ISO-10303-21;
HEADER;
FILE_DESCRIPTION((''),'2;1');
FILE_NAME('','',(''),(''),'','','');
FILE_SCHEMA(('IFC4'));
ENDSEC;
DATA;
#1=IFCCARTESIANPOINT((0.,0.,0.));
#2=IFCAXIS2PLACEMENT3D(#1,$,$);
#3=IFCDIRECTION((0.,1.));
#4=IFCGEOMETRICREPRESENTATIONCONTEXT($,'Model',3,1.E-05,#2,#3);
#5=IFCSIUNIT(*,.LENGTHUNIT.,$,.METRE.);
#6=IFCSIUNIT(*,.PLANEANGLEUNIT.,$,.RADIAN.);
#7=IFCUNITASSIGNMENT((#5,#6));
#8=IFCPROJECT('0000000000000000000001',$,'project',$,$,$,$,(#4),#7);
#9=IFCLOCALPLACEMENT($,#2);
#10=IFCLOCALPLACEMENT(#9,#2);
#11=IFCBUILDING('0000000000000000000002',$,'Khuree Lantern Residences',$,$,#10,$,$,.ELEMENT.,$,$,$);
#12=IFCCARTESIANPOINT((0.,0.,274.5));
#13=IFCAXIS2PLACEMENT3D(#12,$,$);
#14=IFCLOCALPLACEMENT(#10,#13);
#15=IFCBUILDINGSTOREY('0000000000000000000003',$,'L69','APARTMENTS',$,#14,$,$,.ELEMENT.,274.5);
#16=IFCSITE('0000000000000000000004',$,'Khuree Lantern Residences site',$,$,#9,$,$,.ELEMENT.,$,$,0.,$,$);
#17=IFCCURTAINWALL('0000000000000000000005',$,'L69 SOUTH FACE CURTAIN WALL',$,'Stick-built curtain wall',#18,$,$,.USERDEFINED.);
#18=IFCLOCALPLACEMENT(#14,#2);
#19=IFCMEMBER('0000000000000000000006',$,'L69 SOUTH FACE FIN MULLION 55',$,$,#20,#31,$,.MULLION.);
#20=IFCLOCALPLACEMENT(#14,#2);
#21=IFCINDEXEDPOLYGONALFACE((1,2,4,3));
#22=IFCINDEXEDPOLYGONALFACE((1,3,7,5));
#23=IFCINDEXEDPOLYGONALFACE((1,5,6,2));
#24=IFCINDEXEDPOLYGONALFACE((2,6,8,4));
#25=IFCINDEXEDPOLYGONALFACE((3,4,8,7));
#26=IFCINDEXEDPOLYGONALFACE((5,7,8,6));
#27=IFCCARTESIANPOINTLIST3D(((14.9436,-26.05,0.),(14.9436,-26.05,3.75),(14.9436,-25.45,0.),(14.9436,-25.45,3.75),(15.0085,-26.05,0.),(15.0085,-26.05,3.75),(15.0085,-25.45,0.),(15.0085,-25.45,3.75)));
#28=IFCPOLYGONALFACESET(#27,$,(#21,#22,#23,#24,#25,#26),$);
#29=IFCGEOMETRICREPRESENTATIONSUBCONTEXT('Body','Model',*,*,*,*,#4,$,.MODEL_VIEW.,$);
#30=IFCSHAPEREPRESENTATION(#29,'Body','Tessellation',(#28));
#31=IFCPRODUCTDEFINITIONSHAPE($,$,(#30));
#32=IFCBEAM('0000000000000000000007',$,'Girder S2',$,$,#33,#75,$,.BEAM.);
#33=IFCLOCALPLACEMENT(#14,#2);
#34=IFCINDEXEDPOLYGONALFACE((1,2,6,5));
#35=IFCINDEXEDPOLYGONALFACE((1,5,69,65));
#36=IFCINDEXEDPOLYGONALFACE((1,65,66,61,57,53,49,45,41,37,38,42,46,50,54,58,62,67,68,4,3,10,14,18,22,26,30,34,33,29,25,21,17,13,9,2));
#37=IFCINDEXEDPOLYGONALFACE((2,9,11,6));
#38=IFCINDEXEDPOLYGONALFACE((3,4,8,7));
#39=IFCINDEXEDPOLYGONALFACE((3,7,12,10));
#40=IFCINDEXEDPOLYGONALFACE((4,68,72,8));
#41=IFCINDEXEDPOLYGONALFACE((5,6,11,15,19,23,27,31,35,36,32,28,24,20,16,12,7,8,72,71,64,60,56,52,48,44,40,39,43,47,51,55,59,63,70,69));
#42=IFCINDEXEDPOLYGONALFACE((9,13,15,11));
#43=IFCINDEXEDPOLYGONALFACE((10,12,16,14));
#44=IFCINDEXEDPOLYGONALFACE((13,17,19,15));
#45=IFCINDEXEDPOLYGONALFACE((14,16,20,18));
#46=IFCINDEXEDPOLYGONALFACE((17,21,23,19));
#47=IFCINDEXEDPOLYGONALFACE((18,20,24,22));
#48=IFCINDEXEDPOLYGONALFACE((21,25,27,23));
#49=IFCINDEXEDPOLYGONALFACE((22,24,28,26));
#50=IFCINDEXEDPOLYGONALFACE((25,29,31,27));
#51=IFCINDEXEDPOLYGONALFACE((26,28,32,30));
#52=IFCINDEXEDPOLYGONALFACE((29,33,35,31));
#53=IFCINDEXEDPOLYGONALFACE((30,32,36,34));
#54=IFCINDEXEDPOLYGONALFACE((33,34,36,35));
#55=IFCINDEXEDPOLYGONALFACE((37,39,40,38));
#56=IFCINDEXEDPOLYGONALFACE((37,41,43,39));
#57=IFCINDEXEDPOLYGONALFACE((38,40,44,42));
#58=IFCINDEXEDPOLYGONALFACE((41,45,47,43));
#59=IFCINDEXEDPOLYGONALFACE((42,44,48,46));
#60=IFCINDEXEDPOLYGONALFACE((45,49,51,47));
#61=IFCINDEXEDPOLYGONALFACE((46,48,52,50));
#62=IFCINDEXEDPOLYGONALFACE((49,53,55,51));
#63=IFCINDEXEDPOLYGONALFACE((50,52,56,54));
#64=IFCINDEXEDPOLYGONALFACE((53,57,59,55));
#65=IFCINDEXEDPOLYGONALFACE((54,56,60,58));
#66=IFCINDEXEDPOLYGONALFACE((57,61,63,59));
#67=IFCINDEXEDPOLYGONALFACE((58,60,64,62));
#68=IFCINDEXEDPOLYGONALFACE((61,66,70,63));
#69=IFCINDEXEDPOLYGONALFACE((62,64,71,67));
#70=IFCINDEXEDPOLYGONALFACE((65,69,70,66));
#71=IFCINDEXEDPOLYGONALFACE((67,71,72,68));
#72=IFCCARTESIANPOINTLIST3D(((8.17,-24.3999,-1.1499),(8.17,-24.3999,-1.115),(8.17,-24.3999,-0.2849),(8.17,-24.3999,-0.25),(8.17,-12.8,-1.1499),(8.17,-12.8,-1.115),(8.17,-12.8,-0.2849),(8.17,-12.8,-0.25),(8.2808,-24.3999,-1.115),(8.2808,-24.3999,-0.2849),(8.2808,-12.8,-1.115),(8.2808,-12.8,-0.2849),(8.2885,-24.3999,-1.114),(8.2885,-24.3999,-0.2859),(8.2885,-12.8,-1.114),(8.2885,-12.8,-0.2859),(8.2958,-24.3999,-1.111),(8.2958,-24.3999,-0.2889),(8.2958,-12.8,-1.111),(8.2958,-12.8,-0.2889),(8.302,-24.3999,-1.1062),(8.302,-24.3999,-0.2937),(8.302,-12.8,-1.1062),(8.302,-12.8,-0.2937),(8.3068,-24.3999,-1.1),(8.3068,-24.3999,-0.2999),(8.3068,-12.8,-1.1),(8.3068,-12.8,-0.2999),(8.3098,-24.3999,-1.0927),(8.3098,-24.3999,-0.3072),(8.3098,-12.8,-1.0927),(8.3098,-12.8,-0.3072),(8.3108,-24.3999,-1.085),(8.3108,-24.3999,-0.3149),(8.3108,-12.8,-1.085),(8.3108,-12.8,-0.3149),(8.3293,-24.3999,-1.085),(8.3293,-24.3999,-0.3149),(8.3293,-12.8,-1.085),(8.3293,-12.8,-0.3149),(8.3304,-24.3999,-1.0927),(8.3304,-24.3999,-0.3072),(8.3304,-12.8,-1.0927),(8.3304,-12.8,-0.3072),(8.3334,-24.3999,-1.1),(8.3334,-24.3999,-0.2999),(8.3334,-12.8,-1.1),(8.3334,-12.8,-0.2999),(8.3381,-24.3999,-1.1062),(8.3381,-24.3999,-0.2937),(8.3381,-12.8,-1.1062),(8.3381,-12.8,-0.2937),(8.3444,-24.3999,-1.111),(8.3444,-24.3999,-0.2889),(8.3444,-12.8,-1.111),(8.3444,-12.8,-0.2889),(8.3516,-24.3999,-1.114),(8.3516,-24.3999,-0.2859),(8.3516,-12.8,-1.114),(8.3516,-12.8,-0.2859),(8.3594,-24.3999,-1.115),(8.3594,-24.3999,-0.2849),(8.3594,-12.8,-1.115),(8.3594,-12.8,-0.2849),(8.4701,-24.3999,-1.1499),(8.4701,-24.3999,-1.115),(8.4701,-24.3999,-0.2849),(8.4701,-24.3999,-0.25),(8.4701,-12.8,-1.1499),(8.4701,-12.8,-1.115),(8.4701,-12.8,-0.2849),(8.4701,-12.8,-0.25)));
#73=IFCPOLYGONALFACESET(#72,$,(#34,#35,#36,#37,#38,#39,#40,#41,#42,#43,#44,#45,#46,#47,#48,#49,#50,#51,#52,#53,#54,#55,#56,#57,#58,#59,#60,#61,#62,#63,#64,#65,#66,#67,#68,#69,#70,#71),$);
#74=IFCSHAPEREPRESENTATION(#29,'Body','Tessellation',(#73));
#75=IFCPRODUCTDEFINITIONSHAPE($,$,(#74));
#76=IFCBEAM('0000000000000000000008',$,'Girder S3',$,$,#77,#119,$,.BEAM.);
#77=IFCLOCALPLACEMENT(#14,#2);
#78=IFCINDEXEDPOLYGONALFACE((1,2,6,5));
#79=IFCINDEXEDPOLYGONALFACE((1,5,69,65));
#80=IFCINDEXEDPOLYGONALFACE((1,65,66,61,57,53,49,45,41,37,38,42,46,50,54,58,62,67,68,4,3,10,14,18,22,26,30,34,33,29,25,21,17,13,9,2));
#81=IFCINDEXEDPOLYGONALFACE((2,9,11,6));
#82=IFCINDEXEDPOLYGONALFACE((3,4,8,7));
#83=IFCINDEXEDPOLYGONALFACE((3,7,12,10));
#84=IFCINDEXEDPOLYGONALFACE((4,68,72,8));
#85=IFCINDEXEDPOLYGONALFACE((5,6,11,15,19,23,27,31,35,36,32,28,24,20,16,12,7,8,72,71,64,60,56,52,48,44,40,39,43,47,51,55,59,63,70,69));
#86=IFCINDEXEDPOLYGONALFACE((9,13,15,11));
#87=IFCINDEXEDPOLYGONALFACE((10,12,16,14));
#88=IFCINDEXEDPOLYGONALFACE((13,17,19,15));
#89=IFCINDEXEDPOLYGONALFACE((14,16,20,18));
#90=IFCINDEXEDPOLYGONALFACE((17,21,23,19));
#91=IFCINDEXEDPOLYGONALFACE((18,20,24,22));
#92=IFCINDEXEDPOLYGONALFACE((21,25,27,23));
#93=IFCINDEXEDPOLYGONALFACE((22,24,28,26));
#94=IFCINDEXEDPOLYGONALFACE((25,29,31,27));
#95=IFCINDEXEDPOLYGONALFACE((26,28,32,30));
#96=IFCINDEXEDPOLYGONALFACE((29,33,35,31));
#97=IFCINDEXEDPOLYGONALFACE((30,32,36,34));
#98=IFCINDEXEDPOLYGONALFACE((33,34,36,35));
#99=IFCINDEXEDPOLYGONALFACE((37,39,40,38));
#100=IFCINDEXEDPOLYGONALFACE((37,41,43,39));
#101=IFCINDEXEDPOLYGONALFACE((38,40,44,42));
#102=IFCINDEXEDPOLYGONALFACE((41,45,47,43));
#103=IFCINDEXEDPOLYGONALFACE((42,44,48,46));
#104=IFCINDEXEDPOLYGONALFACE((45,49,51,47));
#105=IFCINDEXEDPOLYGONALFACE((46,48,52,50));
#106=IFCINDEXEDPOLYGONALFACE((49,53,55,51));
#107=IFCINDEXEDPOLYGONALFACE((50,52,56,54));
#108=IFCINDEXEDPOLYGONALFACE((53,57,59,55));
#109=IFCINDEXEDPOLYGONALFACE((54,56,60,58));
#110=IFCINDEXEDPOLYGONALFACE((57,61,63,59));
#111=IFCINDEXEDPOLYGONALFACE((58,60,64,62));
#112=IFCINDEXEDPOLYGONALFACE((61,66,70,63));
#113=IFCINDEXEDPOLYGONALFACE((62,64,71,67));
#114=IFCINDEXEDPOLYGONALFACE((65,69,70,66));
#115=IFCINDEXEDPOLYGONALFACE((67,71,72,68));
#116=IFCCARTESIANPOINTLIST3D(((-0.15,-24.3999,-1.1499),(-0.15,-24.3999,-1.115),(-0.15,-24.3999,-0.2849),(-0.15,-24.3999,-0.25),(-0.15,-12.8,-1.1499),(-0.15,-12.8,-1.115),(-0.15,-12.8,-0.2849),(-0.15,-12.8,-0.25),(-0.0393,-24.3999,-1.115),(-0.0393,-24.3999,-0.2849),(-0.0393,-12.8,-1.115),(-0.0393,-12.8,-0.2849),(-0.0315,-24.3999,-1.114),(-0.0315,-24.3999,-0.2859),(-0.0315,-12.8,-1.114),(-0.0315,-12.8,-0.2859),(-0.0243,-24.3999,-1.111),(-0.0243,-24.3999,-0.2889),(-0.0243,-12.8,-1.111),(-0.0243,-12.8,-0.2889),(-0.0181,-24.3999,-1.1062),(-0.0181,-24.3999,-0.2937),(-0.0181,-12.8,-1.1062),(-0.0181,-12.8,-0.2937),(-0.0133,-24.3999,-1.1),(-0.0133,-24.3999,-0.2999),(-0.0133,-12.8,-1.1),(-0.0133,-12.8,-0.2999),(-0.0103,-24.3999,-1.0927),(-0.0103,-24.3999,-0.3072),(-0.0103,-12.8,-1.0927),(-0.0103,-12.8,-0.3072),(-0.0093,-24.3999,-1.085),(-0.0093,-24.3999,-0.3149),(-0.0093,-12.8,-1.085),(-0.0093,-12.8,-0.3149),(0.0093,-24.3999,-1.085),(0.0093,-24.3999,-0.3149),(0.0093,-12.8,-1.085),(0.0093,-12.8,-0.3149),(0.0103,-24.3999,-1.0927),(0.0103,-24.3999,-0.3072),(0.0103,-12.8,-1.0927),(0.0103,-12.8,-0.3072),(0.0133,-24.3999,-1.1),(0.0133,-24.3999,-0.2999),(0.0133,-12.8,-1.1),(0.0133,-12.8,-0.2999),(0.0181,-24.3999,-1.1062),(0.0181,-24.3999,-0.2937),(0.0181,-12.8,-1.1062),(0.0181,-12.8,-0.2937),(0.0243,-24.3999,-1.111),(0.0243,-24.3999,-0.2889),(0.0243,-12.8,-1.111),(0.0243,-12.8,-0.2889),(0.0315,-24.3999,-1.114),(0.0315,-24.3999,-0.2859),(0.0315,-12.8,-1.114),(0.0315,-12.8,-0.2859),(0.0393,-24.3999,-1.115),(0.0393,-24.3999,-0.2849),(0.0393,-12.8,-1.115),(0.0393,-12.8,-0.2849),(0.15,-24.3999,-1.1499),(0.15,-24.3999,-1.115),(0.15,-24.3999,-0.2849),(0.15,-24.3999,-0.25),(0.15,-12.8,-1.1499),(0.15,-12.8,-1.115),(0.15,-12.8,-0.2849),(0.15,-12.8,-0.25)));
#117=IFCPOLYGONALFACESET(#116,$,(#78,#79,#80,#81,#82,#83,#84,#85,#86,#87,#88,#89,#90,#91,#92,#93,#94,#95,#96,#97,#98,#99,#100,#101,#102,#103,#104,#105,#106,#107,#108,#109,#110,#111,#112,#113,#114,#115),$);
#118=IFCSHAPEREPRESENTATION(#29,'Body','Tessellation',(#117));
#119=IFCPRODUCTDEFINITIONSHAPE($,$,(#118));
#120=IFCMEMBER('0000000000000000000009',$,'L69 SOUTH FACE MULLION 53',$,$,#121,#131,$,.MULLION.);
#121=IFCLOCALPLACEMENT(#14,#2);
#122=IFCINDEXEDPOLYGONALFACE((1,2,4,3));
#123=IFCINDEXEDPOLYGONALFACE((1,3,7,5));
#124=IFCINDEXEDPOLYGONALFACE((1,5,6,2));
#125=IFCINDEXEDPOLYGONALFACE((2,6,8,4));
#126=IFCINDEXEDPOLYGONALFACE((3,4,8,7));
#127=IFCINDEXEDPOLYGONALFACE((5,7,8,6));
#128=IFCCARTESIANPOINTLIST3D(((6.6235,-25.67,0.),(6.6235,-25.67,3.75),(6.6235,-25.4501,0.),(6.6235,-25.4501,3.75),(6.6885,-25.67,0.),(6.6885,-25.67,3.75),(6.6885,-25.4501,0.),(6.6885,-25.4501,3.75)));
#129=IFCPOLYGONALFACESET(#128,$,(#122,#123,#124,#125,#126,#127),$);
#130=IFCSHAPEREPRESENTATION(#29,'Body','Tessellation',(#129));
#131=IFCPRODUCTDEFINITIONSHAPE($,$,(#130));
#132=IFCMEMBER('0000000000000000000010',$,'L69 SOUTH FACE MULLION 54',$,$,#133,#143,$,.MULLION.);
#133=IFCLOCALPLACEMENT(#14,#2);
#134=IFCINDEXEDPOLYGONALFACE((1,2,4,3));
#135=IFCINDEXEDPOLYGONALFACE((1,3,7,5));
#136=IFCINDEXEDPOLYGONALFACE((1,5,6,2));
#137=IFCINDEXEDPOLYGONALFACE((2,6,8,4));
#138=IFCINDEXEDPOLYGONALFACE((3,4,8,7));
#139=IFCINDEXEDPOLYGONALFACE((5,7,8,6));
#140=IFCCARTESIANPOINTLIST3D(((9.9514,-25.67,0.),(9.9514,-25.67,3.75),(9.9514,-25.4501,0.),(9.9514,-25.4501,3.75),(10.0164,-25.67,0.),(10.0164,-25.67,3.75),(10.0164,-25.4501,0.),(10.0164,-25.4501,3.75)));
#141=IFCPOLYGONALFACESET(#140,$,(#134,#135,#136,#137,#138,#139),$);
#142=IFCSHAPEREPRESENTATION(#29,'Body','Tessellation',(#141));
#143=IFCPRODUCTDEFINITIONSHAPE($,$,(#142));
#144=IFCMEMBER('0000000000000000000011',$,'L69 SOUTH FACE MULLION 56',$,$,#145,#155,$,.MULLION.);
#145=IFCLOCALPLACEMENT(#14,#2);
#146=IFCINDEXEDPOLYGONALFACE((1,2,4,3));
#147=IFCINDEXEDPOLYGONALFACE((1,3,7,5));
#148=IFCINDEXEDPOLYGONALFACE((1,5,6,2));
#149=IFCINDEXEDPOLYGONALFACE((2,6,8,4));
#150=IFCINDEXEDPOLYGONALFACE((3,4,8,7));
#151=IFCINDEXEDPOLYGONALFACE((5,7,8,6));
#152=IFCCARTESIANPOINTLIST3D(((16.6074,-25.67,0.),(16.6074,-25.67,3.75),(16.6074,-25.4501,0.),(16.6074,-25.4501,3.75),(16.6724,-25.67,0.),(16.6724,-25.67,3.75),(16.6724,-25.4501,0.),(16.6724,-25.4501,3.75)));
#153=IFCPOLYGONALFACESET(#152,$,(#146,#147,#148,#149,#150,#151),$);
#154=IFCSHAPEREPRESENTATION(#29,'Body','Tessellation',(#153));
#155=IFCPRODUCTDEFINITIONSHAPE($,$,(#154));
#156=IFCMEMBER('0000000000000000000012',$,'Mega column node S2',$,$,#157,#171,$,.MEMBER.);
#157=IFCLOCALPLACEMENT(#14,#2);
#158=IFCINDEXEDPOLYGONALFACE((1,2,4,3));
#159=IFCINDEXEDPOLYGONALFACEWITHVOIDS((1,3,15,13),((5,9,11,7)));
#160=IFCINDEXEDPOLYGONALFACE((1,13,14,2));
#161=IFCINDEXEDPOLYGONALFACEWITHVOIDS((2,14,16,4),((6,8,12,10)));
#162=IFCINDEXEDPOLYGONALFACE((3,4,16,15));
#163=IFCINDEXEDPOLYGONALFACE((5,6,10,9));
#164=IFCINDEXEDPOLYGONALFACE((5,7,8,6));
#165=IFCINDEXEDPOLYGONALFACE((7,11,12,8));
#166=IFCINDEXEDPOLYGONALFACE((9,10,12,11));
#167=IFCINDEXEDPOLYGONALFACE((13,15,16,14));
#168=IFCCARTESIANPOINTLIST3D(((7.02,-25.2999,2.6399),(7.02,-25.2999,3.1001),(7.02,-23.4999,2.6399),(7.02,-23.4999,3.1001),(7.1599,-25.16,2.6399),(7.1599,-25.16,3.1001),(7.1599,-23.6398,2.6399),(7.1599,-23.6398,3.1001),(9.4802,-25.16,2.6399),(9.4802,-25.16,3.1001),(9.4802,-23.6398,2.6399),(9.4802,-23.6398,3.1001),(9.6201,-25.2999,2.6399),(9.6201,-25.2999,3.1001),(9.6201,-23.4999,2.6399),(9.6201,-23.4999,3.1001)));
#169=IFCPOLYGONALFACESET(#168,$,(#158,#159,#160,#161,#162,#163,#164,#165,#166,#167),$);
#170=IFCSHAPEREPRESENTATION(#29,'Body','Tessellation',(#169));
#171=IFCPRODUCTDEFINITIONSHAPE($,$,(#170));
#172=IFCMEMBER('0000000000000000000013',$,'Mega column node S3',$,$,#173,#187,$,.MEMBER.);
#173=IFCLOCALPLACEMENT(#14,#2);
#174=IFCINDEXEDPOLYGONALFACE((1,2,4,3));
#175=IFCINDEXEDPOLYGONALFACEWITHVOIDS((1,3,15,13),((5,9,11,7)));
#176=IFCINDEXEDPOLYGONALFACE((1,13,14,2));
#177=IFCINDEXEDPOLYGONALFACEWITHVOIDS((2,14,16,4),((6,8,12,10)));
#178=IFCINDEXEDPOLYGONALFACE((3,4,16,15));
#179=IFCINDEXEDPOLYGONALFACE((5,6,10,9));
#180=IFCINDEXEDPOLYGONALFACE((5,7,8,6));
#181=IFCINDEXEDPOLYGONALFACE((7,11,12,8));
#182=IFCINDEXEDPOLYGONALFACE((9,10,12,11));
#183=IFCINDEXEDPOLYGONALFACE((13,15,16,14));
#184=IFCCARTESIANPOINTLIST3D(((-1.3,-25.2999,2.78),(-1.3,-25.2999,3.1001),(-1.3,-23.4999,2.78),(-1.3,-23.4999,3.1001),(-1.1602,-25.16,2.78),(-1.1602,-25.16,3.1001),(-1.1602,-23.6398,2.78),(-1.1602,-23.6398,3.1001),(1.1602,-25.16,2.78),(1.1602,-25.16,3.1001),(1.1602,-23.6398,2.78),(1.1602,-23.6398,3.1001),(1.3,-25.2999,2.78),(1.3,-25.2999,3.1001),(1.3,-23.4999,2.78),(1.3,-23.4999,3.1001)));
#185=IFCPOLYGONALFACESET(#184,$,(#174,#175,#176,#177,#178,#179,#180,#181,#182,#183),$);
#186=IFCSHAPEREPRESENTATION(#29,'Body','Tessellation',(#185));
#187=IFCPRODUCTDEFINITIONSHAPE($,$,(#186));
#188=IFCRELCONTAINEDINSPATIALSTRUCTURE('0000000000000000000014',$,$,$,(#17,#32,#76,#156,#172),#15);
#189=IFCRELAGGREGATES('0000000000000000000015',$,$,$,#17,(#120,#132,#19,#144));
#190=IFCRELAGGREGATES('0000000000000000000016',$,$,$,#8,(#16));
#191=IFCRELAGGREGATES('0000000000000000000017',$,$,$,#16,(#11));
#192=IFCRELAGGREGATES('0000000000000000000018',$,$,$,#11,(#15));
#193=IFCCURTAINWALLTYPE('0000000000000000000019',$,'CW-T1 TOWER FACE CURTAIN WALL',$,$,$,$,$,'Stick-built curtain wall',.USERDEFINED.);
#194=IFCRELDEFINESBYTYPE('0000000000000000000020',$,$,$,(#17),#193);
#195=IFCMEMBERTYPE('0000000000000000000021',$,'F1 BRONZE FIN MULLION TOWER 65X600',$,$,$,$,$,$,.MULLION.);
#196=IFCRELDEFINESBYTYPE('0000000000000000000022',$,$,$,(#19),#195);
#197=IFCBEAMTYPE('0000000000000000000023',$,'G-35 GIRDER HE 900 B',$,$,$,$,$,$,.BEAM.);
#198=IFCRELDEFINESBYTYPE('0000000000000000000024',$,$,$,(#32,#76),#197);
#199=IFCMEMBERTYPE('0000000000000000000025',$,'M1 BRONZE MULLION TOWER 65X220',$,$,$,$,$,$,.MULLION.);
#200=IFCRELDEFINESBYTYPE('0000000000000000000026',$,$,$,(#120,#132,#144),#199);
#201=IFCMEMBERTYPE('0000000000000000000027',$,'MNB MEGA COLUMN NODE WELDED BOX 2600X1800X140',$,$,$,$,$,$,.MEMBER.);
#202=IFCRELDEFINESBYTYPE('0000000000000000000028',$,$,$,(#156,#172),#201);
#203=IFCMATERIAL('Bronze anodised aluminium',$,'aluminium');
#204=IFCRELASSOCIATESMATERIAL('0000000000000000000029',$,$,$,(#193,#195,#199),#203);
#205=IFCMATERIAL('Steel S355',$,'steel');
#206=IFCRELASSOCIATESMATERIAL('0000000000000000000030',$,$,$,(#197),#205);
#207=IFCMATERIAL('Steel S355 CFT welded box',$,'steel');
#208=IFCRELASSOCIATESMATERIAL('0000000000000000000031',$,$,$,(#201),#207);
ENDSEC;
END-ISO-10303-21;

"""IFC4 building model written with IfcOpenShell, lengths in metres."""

from ifc_helpers import new_model, si_unit, direction, frame, origin, origin_2d, place, context, subcontext, project, spatial, rectangle, hollow_rectangle, i_section, extrude, material, material_profile, profile_set, type_object, element, aggregate, save


model = new_model("IFC4")

# Units and contexts
model_context = context("Model", 3, precision=1e-05, world=origin(), true_north=direction((0.0, 1.0)))
body_context = subcontext(model_context, "Body", "Model", "MODEL_VIEW")
ifc_project = project(units=[si_unit("LENGTHUNIT", "METRE"), si_unit("PLANEANGLEUNIT", "RADIAN")], contexts=[model_context])

# Site, building, storey
site_placement = place(None, origin())
site = spatial("IfcSite", under=ifc_project, at=site_placement, Name="Khuree Lantern Residences site", CompositionType="ELEMENT", RefElevation=0.0)
building_placement = place(site_placement, origin())
building = spatial("IfcBuilding", under=site, at=building_placement, Name="Khuree Lantern Residences", CompositionType="ELEMENT")
storey_placement = place(building_placement, frame((0.0, 0.0, 274.5)))
storey = spatial("IfcBuildingStorey", under=building, at=storey_placement, Name="L69", Description="APARTMENTS", CompositionType="ELEMENT", Elevation=274.5)

# Shared definitions
ifc_material_1 = material(Name="Steel S355 CFT welded box", Category="steel")

# Shared definitions
ifc_material_2 = material(Name="Steel S355", Category="steel")

# Curtain wall, member
ifc_material_3 = material(Name="Bronze anodised aluminium", Category="aluminium")
curtain_wall_type = type_object("IfcCurtainWallType", Name="CW-T1 TOWER FACE CURTAIN WALL", ElementType="Stick-built curtain wall", PredefinedType="USERDEFINED", material=ifc_material_3)
curtain_wall_placement = place(storey_placement, origin())
curtain_wall = element("IfcCurtainWall", 1, at=curtain_wall_placement, inside=storey, type_object=curtain_wall_type, Name="L69 SOUTH FACE CURTAIN WALL", ObjectType="Stick-built curtain wall", PredefinedType="USERDEFINED")
ifc_material_profile_1 = material_profile(ifc_material_3, rectangle(XDim=0.0649, YDim=0.6001, at=origin_2d()), Name="F1 65X600")
ifc_profile_set_1 = profile_set([ifc_material_profile_1], Name="Bronze anodised aluminium")
member_type_1 = type_object("IfcMemberType", Name="F1 BRONZE FIN MULLION TOWER 65X600", PredefinedType="MULLION", material=ifc_profile_set_1)
member_1_placement = place(storey_placement, frame((14.9761, -25.75, 0.0), z_axis=(0.0, 0.0, 1.0), x_axis=(1.0, 0.0, 0.0)))
member_1 = element("IfcMember", 2, at=member_1_placement, type_object=member_type_1, Name="L69 SOUTH FACE FIN MULLION 55", PredefinedType="MULLION", context=body_context, shape_type="SweptSolid", body=[
    extrude(rectangle(XDim=0.0649, YDim=0.6001, at=origin_2d()), origin(), (0.0, 0.0, 1.0), 3.75),
])

# Beams
ifc_material_profile_2 = material_profile(ifc_material_2, i_section(OverallWidth=0.3, OverallDepth=0.8999, WebThickness=0.0186, FlangeThickness=0.0349, FilletRadius=0.03, at=origin_2d()), Name="HE 900 B")
ifc_profile_set_2 = profile_set([ifc_material_profile_2], Name="Steel S355")
beam_type_1 = type_object("IfcBeamType", Name="G-35 GIRDER HE 900 B", PredefinedType="BEAM", material=ifc_profile_set_2)
for number, where, z_axis, x_axis, name in (
    (3, (8.3201, -24.3999, -0.7), (0.0, 1.0, 0.0), (-1.0, 0.0, 0.0), "Girder S2"),
    (4, (0.0, -24.3999, -0.7), (0.0, 1.0, 0.0), (-1.0, 0.0, 0.0), "Girder S3"),
):
    element("IfcBeam", number, at=place(storey_placement, frame(where, z_axis=z_axis, x_axis=x_axis)), inside=storey, type_object=beam_type_1, Name=name, PredefinedType="BEAM", context=body_context, shape_type="SweptSolid", body=[
        extrude(i_section(OverallWidth=0.3, OverallDepth=0.8999, WebThickness=0.0186, FlangeThickness=0.0349, FilletRadius=0.03, at=origin_2d()), origin(), (0.0, 0.0, 1.0), 11.5999),
    ])

# Members
ifc_material_profile_3 = material_profile(ifc_material_3, rectangle(XDim=0.0649, YDim=0.22, at=origin_2d()), Name="M1 65X220")
ifc_profile_set_3 = profile_set([ifc_material_profile_3], Name="Bronze anodised aluminium")
member_type_2 = type_object("IfcMemberType", Name="M1 BRONZE MULLION TOWER 65X220", PredefinedType="MULLION", material=ifc_profile_set_3)
member_2_placement = place(storey_placement, frame((6.656, -25.5601, 0.0), z_axis=(0.0, 0.0, 1.0), x_axis=(1.0, 0.0, 0.0)))
member_2 = element("IfcMember", 5, at=member_2_placement, type_object=member_type_2, Name="L69 SOUTH FACE MULLION 53", PredefinedType="MULLION", context=body_context, shape_type="SweptSolid", body=[
    extrude(rectangle(XDim=0.0649, YDim=0.22, at=origin_2d()), origin(), (0.0, 0.0, 1.0), 3.75),
])
member_3_placement = place(storey_placement, frame((9.9839, -25.5601, 0.0), z_axis=(0.0, 0.0, 1.0), x_axis=(1.0, 0.0, 0.0)))
member_3 = element("IfcMember", 6, at=member_3_placement, type_object=member_type_2, Name="L69 SOUTH FACE MULLION 54", PredefinedType="MULLION", context=body_context, shape_type="SweptSolid", body=[
    extrude(rectangle(XDim=0.0649, YDim=0.22, at=origin_2d()), origin(), (0.0, 0.0, 1.0), 3.75),
])
member_4_placement = place(storey_placement, frame((16.6399, -25.5601, 0.0), z_axis=(0.0, 0.0, 1.0), x_axis=(1.0, 0.0, 0.0)))
member_4 = element("IfcMember", 7, at=member_4_placement, type_object=member_type_2, Name="L69 SOUTH FACE MULLION 56", PredefinedType="MULLION", context=body_context, shape_type="SweptSolid", body=[
    extrude(rectangle(XDim=0.0649, YDim=0.22, at=origin_2d()), origin(), (0.0, 0.0, 1.0), 3.75),
])

# Members
ifc_material_profile_4 = material_profile(ifc_material_1, hollow_rectangle(XDim=2.6001, YDim=1.8, WallThickness=0.1399, at=origin_2d()), Name="WELDED BOX 2600X1800X140")
ifc_profile_set_4 = profile_set([ifc_material_profile_4], Name="Steel S355 CFT welded box")
member_type_3 = type_object("IfcMemberType", Name="MNB MEGA COLUMN NODE WELDED BOX 2600X1800X140", PredefinedType="MEMBER", material=ifc_profile_set_4)
member_5_placement = place(storey_placement, frame((8.3201, -24.3999, 2.6399), z_axis=(0.0, 0.0, 1.0), x_axis=(1.0, 0.0, 0.0)))
element("IfcMember", 8, at=member_5_placement, inside=storey, type_object=member_type_3, Name="Mega column node S2", PredefinedType="MEMBER", context=body_context, shape_type="SweptSolid", body=[
    extrude(hollow_rectangle(XDim=2.6001, YDim=1.8, WallThickness=0.1399, at=origin_2d()), origin(), (0.0, 0.0, 1.0), 0.4602),
])
member_6_placement = place(storey_placement, frame((0.0, -24.3999, 2.78), z_axis=(0.0, 0.0, 1.0), x_axis=(1.0, 0.0, 0.0)))
element("IfcMember", 9, at=member_6_placement, inside=storey, type_object=member_type_3, Name="Mega column node S3", PredefinedType="MEMBER", context=body_context, shape_type="SweptSolid", body=[
    extrude(hollow_rectangle(XDim=2.6001, YDim=1.8, WallThickness=0.1399, at=origin_2d()), origin(), (0.0, 0.0, 1.0), 0.3201),
])

aggregate(curtain_wall, [member_2, member_3, member_1, member_4])

save(model, "model.ifc")
